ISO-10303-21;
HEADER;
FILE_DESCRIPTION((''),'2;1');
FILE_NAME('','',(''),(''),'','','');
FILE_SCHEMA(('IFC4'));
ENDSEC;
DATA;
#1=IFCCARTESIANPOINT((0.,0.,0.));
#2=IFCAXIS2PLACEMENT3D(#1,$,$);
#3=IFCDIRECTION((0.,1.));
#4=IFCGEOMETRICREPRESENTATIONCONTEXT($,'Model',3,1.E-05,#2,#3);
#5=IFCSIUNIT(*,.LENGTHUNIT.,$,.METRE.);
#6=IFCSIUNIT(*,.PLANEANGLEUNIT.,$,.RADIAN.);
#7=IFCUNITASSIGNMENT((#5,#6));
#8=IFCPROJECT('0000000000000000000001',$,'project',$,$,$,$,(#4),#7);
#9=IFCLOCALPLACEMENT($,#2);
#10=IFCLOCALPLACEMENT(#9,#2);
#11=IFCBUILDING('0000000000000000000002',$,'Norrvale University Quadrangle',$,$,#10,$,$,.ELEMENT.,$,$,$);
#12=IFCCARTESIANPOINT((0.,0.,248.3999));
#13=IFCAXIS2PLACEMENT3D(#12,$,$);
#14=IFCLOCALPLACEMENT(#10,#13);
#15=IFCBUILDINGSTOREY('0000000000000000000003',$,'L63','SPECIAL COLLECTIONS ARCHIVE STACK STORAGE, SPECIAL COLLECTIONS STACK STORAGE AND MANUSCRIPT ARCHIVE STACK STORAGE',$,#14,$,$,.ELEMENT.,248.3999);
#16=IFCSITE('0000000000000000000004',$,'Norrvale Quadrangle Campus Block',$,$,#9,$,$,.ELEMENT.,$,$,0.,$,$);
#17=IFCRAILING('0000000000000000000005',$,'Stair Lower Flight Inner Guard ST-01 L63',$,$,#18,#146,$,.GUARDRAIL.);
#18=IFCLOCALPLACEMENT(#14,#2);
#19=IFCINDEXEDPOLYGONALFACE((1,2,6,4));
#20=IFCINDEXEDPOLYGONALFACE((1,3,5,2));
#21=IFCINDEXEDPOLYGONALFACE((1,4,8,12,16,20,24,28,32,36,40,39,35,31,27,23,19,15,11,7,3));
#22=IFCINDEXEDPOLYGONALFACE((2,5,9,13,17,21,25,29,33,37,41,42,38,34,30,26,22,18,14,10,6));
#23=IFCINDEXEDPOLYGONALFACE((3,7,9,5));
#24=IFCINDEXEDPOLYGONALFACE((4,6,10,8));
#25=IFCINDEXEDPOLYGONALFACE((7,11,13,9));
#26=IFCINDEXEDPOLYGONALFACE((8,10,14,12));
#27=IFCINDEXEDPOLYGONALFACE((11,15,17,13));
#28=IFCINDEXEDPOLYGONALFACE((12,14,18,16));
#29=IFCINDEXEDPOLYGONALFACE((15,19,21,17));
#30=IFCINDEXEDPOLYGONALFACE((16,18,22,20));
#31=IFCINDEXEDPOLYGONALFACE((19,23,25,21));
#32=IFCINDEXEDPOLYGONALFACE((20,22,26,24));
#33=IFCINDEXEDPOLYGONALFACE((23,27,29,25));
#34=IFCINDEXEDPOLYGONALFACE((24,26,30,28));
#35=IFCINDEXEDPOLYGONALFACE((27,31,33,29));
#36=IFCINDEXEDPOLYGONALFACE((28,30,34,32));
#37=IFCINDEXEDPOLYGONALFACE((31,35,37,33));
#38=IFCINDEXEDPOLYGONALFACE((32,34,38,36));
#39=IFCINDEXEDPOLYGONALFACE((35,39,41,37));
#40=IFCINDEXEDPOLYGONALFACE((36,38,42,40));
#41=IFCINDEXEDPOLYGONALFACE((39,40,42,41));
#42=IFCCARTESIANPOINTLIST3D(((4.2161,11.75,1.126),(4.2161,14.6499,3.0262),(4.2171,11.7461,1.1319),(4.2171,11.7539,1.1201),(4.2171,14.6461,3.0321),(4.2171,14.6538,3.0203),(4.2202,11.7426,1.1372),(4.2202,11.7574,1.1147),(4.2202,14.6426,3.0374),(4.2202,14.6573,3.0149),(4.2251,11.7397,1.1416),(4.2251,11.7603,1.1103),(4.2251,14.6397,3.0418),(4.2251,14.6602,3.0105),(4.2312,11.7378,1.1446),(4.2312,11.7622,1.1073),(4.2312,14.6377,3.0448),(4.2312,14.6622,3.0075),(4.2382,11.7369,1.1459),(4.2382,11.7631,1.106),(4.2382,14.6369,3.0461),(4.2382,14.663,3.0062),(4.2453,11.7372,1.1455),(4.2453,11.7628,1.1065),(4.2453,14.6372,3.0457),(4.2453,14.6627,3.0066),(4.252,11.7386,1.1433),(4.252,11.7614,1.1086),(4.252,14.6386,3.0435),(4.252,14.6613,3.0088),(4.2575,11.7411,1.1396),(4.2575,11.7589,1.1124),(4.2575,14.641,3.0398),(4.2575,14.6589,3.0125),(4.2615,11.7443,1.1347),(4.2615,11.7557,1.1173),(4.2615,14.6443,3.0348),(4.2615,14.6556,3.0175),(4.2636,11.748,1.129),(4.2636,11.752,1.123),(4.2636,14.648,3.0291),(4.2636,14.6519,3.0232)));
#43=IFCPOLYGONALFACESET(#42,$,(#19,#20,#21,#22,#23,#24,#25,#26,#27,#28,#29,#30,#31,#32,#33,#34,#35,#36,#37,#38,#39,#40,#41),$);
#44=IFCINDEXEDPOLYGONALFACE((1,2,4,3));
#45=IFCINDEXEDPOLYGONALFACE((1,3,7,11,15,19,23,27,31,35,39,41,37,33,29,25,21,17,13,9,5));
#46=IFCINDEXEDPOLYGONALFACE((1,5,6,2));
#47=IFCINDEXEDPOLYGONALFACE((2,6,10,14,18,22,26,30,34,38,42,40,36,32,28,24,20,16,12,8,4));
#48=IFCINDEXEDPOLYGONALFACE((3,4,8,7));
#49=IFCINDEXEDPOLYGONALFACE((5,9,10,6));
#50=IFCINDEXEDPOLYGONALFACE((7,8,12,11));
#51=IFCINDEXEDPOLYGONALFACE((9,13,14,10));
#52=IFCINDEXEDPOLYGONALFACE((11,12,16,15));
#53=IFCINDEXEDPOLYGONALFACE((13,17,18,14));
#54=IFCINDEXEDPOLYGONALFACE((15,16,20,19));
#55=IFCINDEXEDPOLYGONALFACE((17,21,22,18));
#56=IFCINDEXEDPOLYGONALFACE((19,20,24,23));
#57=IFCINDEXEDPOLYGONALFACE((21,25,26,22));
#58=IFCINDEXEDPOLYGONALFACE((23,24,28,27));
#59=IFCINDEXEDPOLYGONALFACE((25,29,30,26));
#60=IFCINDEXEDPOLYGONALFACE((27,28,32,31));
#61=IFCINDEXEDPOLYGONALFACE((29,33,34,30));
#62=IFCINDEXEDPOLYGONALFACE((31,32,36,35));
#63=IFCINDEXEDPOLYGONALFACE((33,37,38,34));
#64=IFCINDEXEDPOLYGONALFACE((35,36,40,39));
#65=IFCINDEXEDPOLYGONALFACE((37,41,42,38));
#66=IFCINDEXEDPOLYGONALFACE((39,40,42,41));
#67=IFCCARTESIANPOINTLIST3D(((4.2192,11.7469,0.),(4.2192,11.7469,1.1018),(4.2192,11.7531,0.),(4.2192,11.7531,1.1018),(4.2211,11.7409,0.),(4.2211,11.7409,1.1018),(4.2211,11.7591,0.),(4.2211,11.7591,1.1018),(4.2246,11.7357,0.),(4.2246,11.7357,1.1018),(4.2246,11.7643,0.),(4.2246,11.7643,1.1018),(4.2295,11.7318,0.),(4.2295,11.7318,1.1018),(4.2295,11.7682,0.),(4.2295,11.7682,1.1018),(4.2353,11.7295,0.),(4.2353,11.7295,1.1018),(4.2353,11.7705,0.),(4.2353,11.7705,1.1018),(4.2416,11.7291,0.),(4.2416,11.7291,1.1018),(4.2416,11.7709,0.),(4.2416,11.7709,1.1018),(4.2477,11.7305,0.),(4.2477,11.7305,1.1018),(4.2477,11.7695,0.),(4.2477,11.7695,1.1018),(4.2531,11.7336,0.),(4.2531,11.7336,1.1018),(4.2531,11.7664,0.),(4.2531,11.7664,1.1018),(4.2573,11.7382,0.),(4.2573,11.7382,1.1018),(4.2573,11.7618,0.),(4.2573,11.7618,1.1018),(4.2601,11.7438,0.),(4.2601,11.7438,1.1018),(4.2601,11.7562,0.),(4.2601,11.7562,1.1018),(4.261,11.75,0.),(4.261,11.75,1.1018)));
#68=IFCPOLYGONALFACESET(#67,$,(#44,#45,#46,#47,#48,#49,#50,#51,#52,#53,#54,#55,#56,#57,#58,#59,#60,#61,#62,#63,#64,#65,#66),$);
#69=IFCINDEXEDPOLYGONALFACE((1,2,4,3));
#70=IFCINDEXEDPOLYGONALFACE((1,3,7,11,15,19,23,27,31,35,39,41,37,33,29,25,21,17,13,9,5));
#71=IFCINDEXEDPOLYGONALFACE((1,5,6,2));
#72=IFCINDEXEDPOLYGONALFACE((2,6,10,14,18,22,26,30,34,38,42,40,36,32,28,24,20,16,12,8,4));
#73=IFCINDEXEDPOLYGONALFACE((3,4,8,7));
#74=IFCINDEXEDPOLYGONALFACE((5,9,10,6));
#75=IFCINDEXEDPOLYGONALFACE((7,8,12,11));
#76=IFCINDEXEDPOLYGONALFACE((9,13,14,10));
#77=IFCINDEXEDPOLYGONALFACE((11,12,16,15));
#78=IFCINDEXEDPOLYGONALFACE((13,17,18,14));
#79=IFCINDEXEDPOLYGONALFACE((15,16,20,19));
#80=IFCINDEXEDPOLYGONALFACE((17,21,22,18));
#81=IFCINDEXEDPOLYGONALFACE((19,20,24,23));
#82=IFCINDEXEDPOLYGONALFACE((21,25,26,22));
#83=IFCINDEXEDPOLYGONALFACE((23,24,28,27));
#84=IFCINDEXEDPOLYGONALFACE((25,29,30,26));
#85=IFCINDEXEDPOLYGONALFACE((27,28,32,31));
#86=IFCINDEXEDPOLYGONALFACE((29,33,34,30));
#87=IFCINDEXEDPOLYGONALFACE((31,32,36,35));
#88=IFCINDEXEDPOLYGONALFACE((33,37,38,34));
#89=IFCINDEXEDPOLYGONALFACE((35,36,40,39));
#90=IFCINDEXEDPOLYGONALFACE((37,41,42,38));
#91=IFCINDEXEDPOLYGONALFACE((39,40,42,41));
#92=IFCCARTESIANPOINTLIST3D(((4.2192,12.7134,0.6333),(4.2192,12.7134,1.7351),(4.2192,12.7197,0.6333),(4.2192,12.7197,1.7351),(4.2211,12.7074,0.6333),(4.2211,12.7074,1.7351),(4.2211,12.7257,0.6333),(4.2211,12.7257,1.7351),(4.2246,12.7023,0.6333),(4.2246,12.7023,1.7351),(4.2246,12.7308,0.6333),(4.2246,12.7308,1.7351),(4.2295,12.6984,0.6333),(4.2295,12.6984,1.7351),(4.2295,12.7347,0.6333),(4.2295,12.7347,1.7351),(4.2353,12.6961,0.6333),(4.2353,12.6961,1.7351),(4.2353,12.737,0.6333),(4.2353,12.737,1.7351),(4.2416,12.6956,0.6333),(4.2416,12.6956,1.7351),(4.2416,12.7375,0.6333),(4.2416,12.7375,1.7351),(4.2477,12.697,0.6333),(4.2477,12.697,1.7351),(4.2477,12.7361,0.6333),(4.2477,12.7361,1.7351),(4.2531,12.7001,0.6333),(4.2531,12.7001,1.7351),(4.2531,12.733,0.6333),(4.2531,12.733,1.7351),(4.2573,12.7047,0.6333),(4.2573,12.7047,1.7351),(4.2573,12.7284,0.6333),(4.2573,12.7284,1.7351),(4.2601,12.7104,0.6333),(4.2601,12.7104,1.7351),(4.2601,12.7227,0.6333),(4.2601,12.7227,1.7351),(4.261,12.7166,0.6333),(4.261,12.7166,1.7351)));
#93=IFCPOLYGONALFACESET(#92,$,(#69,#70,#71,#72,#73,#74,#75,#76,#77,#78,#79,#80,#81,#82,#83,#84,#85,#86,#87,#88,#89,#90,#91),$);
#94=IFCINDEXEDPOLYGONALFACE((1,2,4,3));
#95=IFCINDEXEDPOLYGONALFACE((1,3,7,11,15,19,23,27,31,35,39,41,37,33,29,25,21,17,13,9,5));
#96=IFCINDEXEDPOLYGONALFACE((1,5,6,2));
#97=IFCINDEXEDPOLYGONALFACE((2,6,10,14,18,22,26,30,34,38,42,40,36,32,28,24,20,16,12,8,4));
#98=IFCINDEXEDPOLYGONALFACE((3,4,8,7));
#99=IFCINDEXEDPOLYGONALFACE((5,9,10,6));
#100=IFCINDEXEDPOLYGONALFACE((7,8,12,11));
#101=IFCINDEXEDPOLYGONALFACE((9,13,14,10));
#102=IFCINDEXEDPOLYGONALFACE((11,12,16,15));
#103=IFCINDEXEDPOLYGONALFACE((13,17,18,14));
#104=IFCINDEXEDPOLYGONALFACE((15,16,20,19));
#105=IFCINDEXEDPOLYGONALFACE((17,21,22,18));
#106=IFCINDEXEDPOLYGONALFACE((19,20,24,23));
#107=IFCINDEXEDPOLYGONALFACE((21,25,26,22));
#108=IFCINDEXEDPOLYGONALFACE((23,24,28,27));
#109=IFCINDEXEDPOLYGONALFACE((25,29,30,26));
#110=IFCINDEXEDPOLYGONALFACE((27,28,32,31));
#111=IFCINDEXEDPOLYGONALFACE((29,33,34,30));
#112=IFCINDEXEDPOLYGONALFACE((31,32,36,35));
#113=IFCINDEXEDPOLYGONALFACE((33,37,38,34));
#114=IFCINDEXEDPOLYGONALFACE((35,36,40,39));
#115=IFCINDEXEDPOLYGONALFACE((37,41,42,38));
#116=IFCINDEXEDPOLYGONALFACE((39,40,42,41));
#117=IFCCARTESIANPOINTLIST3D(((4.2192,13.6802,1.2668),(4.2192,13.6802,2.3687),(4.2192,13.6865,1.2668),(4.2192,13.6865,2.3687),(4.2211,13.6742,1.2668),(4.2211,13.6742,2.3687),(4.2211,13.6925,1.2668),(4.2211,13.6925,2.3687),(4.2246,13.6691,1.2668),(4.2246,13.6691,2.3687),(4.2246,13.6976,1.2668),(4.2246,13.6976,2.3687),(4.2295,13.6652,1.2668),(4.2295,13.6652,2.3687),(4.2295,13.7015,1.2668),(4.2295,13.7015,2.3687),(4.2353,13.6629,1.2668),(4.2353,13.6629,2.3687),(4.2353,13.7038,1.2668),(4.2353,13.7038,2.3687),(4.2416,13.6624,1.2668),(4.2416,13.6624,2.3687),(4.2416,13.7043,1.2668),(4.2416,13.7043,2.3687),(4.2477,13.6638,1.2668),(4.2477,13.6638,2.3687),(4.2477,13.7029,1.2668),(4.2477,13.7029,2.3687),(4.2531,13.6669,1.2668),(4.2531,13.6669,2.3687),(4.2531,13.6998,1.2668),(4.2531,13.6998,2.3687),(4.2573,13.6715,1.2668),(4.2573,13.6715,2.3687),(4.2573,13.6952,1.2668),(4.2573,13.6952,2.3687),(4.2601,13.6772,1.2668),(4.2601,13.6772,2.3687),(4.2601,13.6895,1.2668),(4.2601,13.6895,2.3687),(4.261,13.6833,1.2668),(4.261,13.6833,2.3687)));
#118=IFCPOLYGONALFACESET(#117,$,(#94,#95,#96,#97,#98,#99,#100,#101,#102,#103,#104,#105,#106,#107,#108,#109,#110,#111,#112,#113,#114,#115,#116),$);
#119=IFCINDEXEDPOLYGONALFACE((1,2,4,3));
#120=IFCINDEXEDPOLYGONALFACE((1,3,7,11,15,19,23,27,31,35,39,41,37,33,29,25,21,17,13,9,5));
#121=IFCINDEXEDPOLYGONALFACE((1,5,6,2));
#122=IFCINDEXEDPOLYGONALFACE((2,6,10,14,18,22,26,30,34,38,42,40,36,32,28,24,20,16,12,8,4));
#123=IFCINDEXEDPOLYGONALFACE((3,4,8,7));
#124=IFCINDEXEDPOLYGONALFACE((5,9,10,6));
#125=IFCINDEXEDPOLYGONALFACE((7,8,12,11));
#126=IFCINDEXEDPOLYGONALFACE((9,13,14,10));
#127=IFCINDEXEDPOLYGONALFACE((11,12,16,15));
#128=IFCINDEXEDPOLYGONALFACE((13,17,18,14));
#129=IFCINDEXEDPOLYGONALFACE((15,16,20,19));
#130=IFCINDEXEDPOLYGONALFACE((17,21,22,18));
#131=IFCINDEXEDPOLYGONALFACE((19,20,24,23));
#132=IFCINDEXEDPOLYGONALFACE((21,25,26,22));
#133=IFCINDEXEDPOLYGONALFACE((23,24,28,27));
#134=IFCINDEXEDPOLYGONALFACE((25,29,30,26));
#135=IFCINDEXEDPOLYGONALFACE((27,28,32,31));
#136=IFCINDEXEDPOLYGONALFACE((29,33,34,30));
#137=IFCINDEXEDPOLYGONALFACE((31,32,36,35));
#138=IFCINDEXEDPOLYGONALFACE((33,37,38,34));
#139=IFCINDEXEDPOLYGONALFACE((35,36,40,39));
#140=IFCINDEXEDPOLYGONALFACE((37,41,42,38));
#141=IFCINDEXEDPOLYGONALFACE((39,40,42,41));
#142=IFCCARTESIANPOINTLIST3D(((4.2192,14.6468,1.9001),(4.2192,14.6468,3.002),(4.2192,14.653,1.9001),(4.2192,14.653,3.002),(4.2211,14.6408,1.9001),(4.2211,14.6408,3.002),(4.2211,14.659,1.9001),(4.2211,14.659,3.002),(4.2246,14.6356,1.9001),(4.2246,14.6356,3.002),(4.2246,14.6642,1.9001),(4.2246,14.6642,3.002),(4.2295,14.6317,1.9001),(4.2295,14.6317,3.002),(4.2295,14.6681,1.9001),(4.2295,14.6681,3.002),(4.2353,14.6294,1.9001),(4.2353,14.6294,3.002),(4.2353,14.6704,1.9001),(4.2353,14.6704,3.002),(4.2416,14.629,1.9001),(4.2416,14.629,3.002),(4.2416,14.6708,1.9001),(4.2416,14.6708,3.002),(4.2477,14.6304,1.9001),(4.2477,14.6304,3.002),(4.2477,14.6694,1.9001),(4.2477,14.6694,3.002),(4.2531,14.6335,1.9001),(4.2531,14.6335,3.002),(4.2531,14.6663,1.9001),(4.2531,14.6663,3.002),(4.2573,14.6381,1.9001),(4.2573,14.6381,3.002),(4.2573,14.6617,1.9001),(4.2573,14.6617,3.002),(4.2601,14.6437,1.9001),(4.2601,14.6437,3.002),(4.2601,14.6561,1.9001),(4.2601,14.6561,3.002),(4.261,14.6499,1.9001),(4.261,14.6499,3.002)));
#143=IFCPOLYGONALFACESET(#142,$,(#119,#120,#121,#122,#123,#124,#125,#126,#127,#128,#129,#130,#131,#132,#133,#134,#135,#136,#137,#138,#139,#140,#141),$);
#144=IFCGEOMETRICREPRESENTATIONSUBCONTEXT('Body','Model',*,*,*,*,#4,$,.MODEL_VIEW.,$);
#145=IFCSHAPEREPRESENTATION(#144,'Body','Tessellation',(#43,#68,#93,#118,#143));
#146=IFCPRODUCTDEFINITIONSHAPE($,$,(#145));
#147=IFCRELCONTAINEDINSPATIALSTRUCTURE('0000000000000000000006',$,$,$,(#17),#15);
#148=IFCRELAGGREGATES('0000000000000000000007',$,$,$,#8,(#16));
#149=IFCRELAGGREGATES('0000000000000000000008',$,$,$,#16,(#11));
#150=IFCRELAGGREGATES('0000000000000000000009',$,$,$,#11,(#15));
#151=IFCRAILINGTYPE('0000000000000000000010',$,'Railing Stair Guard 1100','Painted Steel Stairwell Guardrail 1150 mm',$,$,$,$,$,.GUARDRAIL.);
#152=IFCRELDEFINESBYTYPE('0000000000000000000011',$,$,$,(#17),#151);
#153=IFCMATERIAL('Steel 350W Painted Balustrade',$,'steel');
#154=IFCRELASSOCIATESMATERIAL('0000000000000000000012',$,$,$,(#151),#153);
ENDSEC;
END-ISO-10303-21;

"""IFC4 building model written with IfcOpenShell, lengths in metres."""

from ifc_helpers import new_model, si_unit, direction, frame, origin, origin_2d, place, context, subcontext, project, spatial, circle, extrude, material, type_object, element, save


model = new_model("IFC4")

# Units and contexts
model_context = context("Model", 3, precision=1e-05, world=origin(), true_north=direction((0.0, 1.0)))
body_context = subcontext(model_context, "Body", "Model", "MODEL_VIEW")
ifc_project = project(units=[si_unit("LENGTHUNIT", "METRE"), si_unit("PLANEANGLEUNIT", "RADIAN")], contexts=[model_context])

# Site, building, storey
site_placement = place(None, origin())
site = spatial("IfcSite", under=ifc_project, at=site_placement, Name="Norrvale Quadrangle Campus Block", CompositionType="ELEMENT", RefElevation=0.0)
building_placement = place(site_placement, origin())
building = spatial("IfcBuilding", under=site, at=building_placement, Name="Norrvale University Quadrangle", CompositionType="ELEMENT")
storey_placement = place(building_placement, frame((0.0, 0.0, 248.3999)))
storey = spatial("IfcBuildingStorey", under=building, at=storey_placement, Name="L63", Description="SPECIAL COLLECTIONS ARCHIVE STACK STORAGE, SPECIAL COLLECTIONS STACK STORAGE AND MANUSCRIPT ARCHIVE STACK STORAGE", CompositionType="ELEMENT", Elevation=248.3999)

# Railing
ifc_material_1 = material(Name="Steel 350W Painted Balustrade", Category="steel")
railing_type_1 = type_object("IfcRailingType", Name="Railing Stair Guard 1100", Description="Painted Steel Stairwell Guardrail 1150 mm", PredefinedType="GUARDRAIL", material=ifc_material_1)
railing_1_placement = place(storey_placement, frame((4.24, 11.75, 0.0)))
element("IfcRailing", 1, at=railing_1_placement, inside=storey, type_object=railing_type_1, Name="Stair Lower Flight Inner Guard ST-01 L63", PredefinedType="GUARDRAIL", context=body_context, shape_type="SweptSolid", body=[
    extrude(circle(Radius=0.0239, at=origin_2d()), frame((0.0, 0.0, 1.126), z_axis=(0.0, 0.836433, 0.548069), x_axis=(-1.0, 0.0, 0.0)), (0.0, 0.0, 1.0), 3.467),
    extrude(circle(Radius=0.021, at=origin_2d()), origin(), (0.0, 0.0, 1.0), 1.1018),
    extrude(circle(Radius=0.021, at=origin_2d()), frame((0.0, 0.9666, 0.6333)), (0.0, 0.0, 1.0), 1.1018),
    extrude(circle(Radius=0.021, at=origin_2d()), frame((0.0, 1.9333, 1.2668)), (0.0, 0.0, 1.0), 1.1018),
    extrude(circle(Radius=0.021, at=origin_2d()), frame((0.0, 2.8999, 1.9001)), (0.0, 0.0, 1.0), 1.1018),
])

save(model, "model.ifc")
